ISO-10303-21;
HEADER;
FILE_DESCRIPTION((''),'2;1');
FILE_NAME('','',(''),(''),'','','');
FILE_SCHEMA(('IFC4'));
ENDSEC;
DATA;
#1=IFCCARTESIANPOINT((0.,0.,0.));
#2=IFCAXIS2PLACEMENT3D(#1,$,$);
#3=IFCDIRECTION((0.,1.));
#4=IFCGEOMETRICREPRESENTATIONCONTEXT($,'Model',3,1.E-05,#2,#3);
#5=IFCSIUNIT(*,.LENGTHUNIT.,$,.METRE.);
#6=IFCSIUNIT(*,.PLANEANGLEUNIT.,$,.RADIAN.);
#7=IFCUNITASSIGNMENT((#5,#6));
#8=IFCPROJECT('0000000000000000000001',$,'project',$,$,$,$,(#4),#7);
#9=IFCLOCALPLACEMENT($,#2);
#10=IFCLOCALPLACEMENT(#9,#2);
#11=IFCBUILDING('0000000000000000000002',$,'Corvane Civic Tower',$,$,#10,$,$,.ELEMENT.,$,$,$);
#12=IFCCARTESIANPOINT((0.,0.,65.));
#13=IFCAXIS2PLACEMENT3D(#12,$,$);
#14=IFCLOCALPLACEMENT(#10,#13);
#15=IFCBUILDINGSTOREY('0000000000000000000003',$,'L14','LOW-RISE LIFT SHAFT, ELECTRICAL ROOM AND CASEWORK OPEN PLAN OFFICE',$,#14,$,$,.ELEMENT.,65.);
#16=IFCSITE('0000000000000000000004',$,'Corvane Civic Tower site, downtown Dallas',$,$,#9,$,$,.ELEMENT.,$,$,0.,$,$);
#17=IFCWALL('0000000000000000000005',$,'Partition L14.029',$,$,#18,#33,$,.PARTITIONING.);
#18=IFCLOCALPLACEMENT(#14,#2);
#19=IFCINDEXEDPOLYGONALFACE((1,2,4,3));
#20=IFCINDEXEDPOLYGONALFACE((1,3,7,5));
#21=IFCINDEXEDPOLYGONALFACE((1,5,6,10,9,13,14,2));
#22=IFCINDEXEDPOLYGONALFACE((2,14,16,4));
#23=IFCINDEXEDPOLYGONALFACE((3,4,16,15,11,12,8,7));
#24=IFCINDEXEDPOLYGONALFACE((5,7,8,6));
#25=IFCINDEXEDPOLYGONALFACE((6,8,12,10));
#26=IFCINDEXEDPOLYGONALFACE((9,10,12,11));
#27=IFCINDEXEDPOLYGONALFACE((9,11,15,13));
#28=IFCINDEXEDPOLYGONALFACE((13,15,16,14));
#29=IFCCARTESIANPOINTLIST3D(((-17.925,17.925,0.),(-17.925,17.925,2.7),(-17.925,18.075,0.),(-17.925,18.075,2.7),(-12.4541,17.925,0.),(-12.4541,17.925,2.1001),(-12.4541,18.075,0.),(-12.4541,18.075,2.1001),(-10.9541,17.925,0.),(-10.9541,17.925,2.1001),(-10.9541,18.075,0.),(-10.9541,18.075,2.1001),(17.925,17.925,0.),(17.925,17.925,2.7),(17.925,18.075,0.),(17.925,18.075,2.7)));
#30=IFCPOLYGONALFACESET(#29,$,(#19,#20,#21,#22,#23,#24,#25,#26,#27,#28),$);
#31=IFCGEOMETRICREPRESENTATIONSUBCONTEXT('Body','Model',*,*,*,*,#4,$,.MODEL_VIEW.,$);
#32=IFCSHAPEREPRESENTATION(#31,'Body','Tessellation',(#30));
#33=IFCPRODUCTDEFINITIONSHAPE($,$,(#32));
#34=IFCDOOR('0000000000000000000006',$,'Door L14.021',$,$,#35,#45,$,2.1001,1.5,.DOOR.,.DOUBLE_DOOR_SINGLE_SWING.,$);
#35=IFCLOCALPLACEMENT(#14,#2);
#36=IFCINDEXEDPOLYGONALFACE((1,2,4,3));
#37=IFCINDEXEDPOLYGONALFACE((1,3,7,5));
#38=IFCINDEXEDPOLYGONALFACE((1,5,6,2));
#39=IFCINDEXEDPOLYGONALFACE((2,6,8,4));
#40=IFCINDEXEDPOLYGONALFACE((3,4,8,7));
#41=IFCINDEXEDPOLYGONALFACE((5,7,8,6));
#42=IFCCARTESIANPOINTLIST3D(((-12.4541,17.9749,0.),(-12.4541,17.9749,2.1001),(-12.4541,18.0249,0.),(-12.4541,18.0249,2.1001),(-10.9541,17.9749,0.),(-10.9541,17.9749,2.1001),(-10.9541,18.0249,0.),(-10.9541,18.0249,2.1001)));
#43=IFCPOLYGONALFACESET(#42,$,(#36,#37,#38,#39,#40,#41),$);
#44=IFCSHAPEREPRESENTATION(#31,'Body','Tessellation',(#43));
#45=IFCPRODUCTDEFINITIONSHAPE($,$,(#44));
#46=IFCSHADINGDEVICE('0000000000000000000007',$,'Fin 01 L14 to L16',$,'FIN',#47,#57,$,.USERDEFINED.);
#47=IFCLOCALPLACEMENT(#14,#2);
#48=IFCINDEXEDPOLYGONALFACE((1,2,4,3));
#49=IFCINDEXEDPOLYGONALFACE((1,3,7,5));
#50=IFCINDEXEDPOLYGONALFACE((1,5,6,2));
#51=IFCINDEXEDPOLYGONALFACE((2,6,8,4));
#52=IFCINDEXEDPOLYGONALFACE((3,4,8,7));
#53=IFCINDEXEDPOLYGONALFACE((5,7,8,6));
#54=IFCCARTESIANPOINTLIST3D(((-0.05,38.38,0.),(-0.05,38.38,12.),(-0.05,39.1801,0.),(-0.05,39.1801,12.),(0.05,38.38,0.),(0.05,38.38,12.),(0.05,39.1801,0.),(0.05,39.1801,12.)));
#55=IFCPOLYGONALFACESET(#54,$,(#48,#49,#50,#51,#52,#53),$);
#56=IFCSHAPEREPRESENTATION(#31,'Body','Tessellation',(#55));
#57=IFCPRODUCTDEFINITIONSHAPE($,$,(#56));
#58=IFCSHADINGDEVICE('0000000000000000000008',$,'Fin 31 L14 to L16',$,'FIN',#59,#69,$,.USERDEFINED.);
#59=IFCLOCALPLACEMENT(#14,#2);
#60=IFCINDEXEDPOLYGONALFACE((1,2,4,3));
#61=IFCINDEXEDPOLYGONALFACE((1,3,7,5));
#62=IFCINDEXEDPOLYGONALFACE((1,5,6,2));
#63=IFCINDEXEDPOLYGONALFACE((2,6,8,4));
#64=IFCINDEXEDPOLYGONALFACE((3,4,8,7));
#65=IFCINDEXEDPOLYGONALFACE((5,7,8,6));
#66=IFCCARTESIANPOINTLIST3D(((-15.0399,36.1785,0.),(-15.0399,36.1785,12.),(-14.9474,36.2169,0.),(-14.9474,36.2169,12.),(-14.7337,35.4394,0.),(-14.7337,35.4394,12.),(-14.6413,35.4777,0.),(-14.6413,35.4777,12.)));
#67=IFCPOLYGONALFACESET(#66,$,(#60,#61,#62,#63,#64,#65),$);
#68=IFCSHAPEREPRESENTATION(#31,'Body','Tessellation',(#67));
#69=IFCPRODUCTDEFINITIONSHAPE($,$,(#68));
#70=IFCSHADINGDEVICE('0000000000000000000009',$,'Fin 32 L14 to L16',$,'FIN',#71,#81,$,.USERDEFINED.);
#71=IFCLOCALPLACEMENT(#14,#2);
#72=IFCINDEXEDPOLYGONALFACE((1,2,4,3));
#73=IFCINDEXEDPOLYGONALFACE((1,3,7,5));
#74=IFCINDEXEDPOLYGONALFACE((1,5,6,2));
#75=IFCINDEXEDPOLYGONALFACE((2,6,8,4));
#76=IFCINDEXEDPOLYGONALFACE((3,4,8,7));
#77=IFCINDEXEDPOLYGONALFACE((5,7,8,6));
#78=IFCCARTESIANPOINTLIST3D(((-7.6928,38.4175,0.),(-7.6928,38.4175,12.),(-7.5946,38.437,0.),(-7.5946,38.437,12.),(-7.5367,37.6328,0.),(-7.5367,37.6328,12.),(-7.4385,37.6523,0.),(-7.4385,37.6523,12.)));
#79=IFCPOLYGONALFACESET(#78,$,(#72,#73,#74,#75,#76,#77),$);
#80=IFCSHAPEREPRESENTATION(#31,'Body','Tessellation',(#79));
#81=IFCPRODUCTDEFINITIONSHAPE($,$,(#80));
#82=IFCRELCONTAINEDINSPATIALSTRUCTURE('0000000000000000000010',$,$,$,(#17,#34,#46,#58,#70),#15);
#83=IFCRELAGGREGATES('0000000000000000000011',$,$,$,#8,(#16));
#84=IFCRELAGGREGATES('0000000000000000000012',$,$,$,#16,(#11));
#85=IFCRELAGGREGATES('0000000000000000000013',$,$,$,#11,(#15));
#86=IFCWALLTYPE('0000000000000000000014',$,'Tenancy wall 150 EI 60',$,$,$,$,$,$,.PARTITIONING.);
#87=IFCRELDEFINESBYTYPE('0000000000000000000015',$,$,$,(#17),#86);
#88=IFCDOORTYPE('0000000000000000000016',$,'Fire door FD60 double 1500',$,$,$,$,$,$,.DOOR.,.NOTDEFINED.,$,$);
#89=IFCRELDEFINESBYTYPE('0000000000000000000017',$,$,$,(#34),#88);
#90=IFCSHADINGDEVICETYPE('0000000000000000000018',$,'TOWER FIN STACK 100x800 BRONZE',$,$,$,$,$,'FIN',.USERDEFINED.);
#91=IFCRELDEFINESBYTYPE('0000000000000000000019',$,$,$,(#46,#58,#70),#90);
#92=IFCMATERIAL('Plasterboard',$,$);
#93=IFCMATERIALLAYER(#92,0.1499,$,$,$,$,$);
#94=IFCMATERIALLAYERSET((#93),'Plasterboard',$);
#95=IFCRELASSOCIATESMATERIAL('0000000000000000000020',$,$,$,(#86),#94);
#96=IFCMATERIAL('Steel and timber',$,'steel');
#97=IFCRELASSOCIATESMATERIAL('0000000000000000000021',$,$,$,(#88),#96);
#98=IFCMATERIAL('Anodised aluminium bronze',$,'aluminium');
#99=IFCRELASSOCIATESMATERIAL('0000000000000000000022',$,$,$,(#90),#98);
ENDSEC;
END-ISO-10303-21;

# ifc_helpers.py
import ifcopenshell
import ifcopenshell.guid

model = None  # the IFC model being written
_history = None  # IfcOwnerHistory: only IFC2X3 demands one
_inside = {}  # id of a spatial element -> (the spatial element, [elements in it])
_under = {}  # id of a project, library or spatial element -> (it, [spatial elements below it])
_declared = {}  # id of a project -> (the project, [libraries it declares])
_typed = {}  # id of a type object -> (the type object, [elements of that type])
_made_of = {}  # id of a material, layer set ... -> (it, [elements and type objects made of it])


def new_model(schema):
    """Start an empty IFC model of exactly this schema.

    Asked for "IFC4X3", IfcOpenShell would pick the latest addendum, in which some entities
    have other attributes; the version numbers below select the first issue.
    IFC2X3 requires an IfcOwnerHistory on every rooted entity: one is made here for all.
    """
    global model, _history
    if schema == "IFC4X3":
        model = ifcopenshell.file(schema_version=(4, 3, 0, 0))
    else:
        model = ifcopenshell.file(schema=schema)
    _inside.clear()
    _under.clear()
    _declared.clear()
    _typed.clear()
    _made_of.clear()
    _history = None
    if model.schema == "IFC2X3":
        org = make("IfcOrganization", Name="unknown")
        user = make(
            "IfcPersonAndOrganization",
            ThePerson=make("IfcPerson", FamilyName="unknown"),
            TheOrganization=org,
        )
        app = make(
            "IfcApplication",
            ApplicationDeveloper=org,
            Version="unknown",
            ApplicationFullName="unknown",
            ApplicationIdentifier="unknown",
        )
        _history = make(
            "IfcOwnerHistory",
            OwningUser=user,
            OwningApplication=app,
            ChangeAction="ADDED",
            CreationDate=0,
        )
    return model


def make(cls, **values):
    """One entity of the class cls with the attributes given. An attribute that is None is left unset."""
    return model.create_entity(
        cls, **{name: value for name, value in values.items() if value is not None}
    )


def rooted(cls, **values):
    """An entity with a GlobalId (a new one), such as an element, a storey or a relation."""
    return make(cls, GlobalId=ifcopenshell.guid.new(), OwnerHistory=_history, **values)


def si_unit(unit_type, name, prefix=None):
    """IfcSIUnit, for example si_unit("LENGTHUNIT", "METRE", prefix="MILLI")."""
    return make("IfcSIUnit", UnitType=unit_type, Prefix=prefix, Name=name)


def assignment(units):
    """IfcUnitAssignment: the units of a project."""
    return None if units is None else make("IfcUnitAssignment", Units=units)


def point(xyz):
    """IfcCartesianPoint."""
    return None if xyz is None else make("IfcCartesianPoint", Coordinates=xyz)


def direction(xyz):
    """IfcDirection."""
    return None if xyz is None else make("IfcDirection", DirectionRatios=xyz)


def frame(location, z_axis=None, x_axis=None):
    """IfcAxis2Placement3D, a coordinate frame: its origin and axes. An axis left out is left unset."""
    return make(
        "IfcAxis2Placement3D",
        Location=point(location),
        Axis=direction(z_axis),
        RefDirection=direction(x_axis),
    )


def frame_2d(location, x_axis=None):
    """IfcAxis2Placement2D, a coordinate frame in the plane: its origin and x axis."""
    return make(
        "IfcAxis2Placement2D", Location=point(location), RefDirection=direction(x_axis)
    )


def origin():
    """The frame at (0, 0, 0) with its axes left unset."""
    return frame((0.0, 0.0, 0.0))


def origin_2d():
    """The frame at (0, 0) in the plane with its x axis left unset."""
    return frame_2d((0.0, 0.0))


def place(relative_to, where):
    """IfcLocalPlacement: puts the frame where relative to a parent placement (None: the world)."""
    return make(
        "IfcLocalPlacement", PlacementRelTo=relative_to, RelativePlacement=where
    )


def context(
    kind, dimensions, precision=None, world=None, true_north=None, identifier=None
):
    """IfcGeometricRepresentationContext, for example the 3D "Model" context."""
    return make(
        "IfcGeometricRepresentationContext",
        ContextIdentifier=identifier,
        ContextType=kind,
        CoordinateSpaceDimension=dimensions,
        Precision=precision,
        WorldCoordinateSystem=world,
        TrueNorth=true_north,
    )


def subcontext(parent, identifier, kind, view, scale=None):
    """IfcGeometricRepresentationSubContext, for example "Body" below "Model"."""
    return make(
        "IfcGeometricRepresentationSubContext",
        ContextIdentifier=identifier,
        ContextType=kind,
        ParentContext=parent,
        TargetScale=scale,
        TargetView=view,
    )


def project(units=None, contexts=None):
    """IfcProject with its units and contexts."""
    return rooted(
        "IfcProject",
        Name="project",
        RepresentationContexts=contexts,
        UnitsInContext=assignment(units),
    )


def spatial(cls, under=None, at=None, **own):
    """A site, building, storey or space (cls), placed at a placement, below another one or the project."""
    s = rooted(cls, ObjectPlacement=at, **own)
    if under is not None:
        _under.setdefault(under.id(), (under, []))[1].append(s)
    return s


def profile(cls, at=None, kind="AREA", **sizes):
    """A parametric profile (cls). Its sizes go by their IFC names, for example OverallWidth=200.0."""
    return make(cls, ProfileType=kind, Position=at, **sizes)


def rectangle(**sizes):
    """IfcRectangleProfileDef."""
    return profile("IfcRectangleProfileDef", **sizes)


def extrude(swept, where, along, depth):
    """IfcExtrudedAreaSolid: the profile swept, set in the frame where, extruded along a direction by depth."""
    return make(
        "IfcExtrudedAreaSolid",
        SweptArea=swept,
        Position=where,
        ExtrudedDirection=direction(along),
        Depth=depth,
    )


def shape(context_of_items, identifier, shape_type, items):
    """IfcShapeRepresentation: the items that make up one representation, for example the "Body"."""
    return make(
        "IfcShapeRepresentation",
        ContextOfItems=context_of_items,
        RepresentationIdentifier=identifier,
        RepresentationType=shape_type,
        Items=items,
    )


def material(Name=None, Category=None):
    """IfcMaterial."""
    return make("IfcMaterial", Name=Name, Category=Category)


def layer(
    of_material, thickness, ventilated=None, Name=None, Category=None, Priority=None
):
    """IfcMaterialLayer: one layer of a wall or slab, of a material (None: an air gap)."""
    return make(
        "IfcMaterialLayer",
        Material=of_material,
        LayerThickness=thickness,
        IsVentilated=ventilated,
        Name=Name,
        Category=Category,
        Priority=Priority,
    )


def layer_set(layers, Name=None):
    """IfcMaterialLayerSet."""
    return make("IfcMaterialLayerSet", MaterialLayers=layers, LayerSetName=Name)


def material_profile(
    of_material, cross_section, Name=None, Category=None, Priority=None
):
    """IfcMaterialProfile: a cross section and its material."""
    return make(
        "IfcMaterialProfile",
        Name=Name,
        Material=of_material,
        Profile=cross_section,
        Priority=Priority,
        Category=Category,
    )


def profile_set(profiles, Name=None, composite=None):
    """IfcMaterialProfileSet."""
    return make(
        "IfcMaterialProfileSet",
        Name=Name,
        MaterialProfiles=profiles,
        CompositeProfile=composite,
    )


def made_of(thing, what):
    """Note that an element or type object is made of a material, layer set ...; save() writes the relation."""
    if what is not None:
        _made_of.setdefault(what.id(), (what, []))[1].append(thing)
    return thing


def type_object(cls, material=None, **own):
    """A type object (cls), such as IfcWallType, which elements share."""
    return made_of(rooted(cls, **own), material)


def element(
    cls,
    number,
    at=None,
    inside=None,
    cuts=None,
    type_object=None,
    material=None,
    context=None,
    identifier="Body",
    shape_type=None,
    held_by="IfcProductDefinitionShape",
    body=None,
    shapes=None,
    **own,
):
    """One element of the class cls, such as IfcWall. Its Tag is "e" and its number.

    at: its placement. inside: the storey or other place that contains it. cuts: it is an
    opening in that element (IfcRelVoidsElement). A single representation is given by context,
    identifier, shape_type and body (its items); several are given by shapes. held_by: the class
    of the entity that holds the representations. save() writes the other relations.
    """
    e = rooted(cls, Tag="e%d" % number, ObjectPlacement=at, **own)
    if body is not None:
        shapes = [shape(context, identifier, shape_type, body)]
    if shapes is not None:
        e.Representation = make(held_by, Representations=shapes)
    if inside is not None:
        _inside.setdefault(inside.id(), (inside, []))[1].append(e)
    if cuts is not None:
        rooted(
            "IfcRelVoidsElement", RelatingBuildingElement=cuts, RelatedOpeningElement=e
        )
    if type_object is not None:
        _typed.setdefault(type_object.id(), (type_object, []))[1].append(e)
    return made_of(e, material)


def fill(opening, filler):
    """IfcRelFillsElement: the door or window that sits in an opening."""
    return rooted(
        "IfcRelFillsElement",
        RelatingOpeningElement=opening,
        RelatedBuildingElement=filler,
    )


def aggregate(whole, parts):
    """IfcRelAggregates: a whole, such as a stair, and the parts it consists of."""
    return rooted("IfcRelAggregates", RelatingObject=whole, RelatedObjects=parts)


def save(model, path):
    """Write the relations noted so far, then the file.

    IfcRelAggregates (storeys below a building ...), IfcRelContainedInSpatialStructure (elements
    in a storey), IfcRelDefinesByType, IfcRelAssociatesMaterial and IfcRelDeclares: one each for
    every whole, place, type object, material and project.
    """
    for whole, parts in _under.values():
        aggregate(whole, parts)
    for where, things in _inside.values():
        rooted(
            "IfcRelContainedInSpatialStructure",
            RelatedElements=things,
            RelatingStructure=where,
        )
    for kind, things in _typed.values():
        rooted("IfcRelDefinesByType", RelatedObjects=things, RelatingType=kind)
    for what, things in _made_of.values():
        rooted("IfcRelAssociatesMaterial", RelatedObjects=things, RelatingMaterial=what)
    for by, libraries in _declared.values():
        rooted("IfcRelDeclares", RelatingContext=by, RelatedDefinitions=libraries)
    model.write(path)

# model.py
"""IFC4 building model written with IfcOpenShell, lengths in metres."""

from ifc_helpers import new_model, si_unit, direction, frame, frame_2d, origin, origin_2d, place, context, subcontext, project, spatial, rectangle, extrude, material, layer, layer_set, material_profile, profile_set, type_object, element, fill, save


model = new_model("IFC4")

# Units and contexts
model_context = context("Model", 3, precision=1e-05, world=origin(), true_north=direction((0.0, 1.0)))
body_context = subcontext(model_context, "Body", "Model", "MODEL_VIEW")
ifc_project = project(units=[si_unit("LENGTHUNIT", "METRE"), si_unit("PLANEANGLEUNIT", "RADIAN")], contexts=[model_context])

# Site, building, storey
site_placement = place(None, origin())
site = spatial("IfcSite", under=ifc_project, at=site_placement, Name="Corvane Civic Tower site, downtown Dallas", CompositionType="ELEMENT", RefElevation=0.0)
building_placement = place(site_placement, origin())
building = spatial("IfcBuilding", under=site, at=building_placement, Name="Corvane Civic Tower", CompositionType="ELEMENT")
storey_placement = place(building_placement, frame((0.0, 0.0, 65.0)))
storey = spatial("IfcBuildingStorey", under=building, at=storey_placement, Name="L14", Description="LOW-RISE LIFT SHAFT, ELECTRICAL ROOM AND CASEWORK OPEN PLAN OFFICE", CompositionType="ELEMENT", Elevation=65.0)

# Wall, opening, door
ifc_material_1 = material(Name="Plasterboard")
ifc_layer_1 = layer(ifc_material_1, 0.1499)
ifc_layer_set_1 = layer_set([ifc_layer_1], Name="Plasterboard")
wall_type = type_object("IfcWallType", Name="Tenancy wall 150 EI 60", PredefinedType="PARTITIONING", material=ifc_layer_set_1)
wall_placement = place(storey_placement, frame((-17.925, 18.0, 0.0), z_axis=(0.0, 0.0, 1.0), x_axis=(1.0, 0.0, 0.0)))
wall = element("IfcWall", 1, at=wall_placement, inside=storey, type_object=wall_type, Name="Partition L14.029", PredefinedType="PARTITIONING", context=body_context, shape_type="SweptSolid", body=[
    extrude(rectangle(XDim=35.8501, YDim=0.1499, at=frame_2d((17.925, 0.0))), origin(), (0.0, 0.0, 1.0), 2.7),
])
opening_placement = place(wall_placement, frame((5.4709, 0.0, 0.0)))
opening = element("IfcOpeningElement", 2, at=opening_placement, cuts=wall, PredefinedType="OPENING", context=body_context, shape_type="SweptSolid", body=[
    extrude(rectangle(XDim=1.5, YDim=2.1001, at=frame_2d((0.75, 1.05))), frame((0.0, 0.085, 0.0), z_axis=(0.0, -1.0, 0.0), x_axis=(1.0, 0.0, 0.0)), (0.0, 0.0, 1.0), 0.1699),
])
ifc_material_2 = material(Name="Steel and timber", Category="steel")
door_type = type_object("IfcDoorType", Name="Fire door FD60 double 1500", OperationType="NOTDEFINED", PredefinedType="DOOR", material=ifc_material_2)
door_placement = place(opening_placement, origin())
door = element("IfcDoor", 3, at=door_placement, inside=storey, type_object=door_type, Name="Door L14.021", OperationType="DOUBLE_DOOR_SINGLE_SWING", OverallHeight=2.1001, OverallWidth=1.5, PredefinedType="DOOR", context=body_context, shape_type="SweptSolid", body=[
    extrude(rectangle(XDim=1.5, YDim=2.1001, at=frame_2d((0.75, 1.05))), frame((0.0, 0.0249, 0.0), z_axis=(0.0, -1.0, 0.0), x_axis=(1.0, 0.0, 0.0)), (0.0, 0.0, 1.0), 0.05),
])
fill(opening, door)

# Shading devices
ifc_material_3 = material(Name="Anodised aluminium bronze", Category="aluminium")
ifc_material_profile_1 = material_profile(ifc_material_3, rectangle(XDim=0.1001, YDim=0.8, at=origin_2d()), Name="TOWER FIN STACK 100x800 BRONZE")
ifc_profile_set_1 = profile_set([ifc_material_profile_1], Name="Anodised aluminium bronze")
shading_device_type = type_object("IfcShadingDeviceType", Name="TOWER FIN STACK 100x800 BRONZE", ElementType="FIN", PredefinedType="USERDEFINED", material=ifc_profile_set_1)
for number, where, z_axis, x_axis, name in (
    (4, (0.0, 38.78, 0.0), (0.0, 0.0, 1.0), (1.0, 0.0, 0.0), "Fin 01 L14 to L16"),
    (5, (-14.8406, 35.8281, 0.0), (0.0, 0.0, 1.0), (0.92388, 0.382683, 0.0), "Fin 31 L14 to L16"),
    (6, (-7.5657, 38.0349, 0.0), (0.0, 0.0, 1.0), (0.980785, 0.19509, 0.0), "Fin 32 L14 to L16"),
):
    element("IfcShadingDevice", number, at=place(storey_placement, frame(where, z_axis=z_axis, x_axis=x_axis)), inside=storey, type_object=shading_device_type, Name=name, ObjectType="FIN", PredefinedType="USERDEFINED", context=body_context, shape_type="SweptSolid", body=[
        extrude(rectangle(XDim=0.1001, YDim=0.8, at=origin_2d()), origin(), (0.0, 0.0, 1.0), 12.0),
    ])

save(model, "model.ifc")
